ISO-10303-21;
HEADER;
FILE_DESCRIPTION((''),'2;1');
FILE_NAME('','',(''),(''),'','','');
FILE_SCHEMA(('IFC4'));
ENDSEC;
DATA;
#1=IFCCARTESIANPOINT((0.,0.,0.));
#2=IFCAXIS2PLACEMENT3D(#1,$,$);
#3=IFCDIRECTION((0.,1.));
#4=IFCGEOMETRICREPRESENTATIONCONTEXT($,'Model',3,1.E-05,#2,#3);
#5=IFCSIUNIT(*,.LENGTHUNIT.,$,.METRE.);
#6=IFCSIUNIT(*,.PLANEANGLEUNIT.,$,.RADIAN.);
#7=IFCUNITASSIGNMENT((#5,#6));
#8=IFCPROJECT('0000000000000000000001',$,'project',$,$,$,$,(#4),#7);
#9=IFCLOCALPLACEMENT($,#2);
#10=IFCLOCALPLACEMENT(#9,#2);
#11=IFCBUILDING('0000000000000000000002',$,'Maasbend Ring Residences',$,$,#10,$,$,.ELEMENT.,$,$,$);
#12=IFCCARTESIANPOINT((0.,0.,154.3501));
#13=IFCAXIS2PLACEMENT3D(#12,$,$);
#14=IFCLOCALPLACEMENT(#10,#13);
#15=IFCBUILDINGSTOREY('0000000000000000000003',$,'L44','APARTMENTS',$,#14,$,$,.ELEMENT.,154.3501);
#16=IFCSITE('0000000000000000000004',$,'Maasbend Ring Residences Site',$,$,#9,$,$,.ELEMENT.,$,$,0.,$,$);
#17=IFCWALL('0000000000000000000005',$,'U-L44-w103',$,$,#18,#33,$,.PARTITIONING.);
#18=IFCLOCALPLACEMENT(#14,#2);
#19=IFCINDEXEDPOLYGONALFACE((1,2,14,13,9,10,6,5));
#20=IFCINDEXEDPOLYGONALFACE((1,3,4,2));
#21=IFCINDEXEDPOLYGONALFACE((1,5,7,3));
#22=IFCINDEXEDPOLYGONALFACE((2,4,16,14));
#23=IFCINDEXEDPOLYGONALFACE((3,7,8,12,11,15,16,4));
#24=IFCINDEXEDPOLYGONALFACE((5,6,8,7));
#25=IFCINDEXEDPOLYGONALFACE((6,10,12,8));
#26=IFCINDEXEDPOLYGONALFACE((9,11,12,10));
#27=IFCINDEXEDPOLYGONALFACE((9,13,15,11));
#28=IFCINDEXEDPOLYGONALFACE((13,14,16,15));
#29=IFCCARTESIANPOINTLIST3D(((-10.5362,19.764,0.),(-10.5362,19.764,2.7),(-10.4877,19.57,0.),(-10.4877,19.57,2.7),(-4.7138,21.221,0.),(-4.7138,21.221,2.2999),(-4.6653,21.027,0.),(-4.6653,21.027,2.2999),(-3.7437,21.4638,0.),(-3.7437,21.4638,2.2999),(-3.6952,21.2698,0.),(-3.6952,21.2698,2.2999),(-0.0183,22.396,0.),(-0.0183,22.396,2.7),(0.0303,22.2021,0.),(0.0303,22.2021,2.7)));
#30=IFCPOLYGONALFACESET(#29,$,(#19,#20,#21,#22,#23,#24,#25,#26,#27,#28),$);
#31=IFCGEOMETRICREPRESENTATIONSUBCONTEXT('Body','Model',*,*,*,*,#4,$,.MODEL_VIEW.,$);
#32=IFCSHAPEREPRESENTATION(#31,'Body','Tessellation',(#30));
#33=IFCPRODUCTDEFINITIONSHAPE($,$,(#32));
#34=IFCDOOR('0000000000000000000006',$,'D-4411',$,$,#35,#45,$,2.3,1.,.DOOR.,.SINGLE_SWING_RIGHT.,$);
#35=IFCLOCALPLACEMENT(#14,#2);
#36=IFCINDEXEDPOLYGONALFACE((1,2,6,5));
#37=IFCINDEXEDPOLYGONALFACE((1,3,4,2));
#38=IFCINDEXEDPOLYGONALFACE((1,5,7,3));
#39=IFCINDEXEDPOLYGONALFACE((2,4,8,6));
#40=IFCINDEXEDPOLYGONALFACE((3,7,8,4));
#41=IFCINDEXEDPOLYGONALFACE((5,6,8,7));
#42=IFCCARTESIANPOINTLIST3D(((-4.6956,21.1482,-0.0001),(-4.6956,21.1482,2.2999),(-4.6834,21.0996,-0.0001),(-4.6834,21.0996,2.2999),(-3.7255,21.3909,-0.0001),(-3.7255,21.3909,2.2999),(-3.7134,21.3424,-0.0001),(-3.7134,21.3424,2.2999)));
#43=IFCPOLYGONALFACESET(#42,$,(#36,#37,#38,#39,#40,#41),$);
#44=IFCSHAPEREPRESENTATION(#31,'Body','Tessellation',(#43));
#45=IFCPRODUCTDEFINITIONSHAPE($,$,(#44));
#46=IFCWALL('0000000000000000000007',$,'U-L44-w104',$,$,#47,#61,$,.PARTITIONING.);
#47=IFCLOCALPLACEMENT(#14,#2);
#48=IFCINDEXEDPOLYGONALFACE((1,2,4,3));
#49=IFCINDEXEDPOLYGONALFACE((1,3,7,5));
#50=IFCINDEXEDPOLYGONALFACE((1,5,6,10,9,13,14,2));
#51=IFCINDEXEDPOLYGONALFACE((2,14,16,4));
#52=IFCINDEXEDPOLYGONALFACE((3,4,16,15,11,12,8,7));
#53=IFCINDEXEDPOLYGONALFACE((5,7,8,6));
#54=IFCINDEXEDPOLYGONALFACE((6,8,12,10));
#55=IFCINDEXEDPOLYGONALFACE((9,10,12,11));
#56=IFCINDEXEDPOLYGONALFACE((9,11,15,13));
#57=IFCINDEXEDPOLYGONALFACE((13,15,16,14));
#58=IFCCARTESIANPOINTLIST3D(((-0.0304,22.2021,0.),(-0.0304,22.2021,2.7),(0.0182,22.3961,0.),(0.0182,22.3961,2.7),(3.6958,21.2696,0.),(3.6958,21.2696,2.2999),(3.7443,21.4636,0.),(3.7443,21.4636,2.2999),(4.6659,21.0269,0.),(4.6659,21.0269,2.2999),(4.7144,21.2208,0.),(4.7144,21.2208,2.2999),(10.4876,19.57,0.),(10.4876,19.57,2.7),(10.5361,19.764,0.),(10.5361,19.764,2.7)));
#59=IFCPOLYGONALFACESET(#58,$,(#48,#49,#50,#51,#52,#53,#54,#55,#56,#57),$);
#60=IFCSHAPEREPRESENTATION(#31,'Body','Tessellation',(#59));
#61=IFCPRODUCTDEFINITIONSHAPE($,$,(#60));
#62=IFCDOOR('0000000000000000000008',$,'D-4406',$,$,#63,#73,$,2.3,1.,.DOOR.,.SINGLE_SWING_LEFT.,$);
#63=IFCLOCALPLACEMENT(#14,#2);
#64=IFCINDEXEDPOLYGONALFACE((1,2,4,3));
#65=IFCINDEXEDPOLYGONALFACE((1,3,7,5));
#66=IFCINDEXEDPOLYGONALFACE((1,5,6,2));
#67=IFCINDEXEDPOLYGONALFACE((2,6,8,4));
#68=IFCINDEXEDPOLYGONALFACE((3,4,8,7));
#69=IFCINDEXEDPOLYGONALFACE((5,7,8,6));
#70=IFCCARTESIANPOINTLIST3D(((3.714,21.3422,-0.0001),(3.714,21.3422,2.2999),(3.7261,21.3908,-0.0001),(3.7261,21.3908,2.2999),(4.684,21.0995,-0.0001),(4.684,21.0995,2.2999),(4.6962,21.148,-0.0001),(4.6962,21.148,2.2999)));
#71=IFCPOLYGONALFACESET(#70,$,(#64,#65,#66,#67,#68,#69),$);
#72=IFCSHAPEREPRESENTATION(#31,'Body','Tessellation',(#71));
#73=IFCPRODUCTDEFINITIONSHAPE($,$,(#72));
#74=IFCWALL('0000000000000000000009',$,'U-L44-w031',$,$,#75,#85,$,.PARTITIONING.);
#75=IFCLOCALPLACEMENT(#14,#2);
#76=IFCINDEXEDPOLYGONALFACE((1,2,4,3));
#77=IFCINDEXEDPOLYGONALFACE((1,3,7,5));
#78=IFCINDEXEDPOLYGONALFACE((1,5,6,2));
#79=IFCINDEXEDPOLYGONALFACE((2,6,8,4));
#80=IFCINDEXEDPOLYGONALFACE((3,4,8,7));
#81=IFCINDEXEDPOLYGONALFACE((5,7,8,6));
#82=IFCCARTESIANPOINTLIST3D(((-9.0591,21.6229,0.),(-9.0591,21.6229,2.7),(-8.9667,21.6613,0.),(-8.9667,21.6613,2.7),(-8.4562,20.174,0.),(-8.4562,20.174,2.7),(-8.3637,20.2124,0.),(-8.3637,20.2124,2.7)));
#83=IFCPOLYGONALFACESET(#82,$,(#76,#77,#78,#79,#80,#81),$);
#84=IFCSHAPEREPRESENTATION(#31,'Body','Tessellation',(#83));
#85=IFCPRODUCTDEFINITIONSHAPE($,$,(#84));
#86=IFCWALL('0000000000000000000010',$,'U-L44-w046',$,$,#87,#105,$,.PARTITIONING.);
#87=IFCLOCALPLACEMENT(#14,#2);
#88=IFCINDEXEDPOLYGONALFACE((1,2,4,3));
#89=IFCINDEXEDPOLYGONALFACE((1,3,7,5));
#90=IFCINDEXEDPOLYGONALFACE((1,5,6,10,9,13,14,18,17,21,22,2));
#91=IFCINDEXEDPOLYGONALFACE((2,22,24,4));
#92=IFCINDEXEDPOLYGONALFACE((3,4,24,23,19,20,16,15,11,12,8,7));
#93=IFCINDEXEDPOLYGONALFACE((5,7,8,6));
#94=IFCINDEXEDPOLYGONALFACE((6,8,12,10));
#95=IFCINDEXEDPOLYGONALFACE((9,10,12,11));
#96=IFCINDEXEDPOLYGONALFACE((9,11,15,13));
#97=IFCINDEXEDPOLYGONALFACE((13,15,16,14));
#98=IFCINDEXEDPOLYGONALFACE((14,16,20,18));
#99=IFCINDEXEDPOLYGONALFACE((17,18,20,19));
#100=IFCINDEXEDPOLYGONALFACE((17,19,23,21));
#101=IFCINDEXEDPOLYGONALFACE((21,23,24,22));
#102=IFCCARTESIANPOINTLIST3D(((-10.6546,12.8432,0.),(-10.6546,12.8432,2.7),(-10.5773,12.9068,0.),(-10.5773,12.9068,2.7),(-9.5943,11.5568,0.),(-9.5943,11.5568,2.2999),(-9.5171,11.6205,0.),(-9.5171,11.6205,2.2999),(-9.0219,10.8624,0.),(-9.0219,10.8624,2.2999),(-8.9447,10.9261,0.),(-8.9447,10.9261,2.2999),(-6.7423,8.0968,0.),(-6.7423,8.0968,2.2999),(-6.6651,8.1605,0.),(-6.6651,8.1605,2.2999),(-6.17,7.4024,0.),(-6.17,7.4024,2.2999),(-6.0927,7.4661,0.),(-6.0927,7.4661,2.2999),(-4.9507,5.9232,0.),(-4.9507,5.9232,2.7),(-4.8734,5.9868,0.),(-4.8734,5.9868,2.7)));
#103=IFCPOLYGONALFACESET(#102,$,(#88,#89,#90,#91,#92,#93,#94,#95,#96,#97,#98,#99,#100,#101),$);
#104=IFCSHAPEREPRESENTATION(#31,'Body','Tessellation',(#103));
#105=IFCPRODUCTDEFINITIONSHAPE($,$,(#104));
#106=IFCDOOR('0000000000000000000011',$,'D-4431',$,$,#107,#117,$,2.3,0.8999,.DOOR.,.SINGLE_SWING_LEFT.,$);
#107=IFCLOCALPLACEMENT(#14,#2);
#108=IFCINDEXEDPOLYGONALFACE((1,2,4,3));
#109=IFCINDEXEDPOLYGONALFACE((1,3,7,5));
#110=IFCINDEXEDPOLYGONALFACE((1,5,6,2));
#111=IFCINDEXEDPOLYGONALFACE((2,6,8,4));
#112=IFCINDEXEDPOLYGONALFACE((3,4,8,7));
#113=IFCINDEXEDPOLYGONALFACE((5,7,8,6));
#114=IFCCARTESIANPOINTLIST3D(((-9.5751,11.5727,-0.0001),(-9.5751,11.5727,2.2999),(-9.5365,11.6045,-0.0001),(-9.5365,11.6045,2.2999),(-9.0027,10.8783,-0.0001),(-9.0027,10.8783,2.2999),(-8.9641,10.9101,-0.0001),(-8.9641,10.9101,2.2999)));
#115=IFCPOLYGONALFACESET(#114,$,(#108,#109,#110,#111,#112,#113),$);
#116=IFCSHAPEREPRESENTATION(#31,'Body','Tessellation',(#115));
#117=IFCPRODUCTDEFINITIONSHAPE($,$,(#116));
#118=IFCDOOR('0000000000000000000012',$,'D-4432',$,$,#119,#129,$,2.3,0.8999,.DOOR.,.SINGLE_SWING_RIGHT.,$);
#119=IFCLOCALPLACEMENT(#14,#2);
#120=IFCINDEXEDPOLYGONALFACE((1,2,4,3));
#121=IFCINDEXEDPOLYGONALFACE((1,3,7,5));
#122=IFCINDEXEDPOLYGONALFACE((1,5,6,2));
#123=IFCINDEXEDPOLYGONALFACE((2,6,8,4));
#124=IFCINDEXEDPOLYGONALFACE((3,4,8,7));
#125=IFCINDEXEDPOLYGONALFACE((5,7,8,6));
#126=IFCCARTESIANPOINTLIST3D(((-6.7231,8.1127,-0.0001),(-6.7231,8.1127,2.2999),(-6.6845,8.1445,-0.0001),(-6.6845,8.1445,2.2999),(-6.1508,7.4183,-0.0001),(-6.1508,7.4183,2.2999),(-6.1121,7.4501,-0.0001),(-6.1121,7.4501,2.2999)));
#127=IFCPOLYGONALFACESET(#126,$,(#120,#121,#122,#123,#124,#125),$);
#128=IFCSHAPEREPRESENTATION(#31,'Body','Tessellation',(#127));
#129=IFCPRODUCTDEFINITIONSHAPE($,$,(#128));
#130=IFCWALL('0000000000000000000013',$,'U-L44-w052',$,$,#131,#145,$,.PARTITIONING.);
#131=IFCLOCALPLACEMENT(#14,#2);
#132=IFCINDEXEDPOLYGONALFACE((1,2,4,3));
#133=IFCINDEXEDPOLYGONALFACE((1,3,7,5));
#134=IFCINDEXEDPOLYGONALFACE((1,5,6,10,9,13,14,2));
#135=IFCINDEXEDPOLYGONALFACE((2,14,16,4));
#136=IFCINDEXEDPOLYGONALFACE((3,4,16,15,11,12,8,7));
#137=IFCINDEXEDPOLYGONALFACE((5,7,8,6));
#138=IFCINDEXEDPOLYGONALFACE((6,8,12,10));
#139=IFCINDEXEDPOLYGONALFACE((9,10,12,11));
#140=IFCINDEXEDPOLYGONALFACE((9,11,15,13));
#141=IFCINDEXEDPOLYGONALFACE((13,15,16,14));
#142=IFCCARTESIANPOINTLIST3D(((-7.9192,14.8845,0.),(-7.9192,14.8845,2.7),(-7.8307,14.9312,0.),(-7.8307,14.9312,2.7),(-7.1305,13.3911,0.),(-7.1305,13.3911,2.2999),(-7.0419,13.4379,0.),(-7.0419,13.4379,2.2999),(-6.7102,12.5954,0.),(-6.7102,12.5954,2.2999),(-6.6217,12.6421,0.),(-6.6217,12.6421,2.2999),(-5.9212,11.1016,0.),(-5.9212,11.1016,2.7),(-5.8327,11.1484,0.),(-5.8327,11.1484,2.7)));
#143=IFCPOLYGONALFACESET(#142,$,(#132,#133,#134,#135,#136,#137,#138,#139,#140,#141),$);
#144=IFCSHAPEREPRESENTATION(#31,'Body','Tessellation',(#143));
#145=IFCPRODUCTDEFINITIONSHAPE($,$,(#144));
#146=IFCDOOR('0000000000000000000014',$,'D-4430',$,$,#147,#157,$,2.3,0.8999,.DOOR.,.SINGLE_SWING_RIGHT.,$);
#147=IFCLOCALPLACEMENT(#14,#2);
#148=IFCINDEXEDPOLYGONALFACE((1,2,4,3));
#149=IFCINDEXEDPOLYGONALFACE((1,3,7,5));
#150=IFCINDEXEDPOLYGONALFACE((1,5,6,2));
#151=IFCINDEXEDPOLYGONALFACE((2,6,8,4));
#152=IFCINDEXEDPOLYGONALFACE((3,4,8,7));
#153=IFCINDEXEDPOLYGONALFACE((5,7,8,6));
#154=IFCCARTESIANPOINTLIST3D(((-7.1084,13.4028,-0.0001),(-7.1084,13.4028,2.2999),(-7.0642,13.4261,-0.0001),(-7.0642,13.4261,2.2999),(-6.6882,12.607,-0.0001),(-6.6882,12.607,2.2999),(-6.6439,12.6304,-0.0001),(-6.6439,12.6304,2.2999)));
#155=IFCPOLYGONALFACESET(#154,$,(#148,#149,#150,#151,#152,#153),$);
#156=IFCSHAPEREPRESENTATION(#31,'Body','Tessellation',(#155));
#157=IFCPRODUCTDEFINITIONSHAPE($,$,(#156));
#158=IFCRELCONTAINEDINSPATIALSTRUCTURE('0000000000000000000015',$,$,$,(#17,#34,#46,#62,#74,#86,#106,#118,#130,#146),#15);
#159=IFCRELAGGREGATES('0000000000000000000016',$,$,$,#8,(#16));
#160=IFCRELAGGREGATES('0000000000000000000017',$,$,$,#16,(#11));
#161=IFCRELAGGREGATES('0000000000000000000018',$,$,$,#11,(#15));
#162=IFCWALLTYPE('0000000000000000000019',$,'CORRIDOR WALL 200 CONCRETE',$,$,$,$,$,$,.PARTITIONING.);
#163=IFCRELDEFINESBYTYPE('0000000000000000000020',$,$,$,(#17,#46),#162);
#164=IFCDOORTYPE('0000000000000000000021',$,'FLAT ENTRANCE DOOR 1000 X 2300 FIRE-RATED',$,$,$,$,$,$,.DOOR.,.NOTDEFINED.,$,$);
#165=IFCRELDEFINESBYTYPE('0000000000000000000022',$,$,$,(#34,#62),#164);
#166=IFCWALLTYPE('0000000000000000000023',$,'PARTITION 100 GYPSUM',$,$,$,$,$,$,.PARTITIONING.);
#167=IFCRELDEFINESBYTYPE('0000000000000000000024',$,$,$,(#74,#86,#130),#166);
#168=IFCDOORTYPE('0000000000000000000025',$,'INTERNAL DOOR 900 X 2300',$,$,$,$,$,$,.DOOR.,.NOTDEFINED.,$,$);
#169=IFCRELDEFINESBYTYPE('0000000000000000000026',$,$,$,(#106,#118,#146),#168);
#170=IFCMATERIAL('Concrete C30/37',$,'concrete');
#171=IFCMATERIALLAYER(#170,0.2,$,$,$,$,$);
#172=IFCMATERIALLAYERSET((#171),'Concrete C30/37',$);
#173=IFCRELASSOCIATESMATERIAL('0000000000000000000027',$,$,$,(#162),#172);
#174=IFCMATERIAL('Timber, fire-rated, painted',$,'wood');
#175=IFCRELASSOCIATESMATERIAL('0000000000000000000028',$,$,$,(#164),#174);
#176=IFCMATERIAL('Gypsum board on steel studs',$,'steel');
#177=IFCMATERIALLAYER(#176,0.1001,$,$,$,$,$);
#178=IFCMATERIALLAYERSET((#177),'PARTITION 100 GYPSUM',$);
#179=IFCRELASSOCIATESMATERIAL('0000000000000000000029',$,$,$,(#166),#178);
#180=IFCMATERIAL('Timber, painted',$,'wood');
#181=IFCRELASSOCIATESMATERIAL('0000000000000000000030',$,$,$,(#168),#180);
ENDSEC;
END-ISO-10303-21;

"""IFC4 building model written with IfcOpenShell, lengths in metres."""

from ifc_helpers import new_model, si_unit, direction, frame, frame_2d, origin, place, context, subcontext, project, spatial, rectangle, extrude, material, layer, layer_set, type_object, element, fill, save


model = new_model("IFC4")

# Units and contexts
model_context = context("Model", 3, precision=1e-05, world=origin(), true_north=direction((0.0, 1.0)))
body_context = subcontext(model_context, "Body", "Model", "MODEL_VIEW")
ifc_project = project(units=[si_unit("LENGTHUNIT", "METRE"), si_unit("PLANEANGLEUNIT", "RADIAN")], contexts=[model_context])

# Site, building, storey
site_placement = place(None, origin())
site = spatial("IfcSite", under=ifc_project, at=site_placement, Name="Maasbend Ring Residences Site", CompositionType="ELEMENT", RefElevation=0.0)
building_placement = place(site_placement, origin())
building = spatial("IfcBuilding", under=site, at=building_placement, Name="Maasbend Ring Residences", CompositionType="ELEMENT")
storey_placement = place(building_placement, frame((0.0, 0.0, 154.3501)))
storey = spatial("IfcBuildingStorey", under=building, at=storey_placement, Name="L44", Description="APARTMENTS", CompositionType="ELEMENT", Elevation=154.3501)

# Walls, openings, doors
ifc_material_1 = material(Name="Concrete C30/37", Category="concrete")
ifc_layer_1 = layer(ifc_material_1, 0.2)
ifc_layer_set_1 = layer_set([ifc_layer_1], Name="Concrete C30/37")
wall_type_1 = type_object("IfcWallType", Name="CORRIDOR WALL 200 CONCRETE", PredefinedType="PARTITIONING", material=ifc_layer_set_1)
ifc_material_2 = material(Name="Timber, fire-rated, painted", Category="wood")
door_type_1 = type_object("IfcDoorType", Name="FLAT ENTRANCE DOOR 1000 X 2300 FIRE-RATED", OperationType="NOTDEFINED", PredefinedType="DOOR", material=ifc_material_2)
wall_1_placement = place(storey_placement, frame((-10.512, 19.667, 0.0), z_axis=(0.0, 0.0, 1.0), x_axis=(0.970087, 0.242758, 0.0)))
wall_1 = element("IfcWall", 1, at=wall_1_placement, inside=storey, type_object=wall_type_1, Name="U-L44-w103", PredefinedType="PARTITIONING", context=body_context, shape_type="SweptSolid", body=[
    extrude(rectangle(XDim=10.8423, YDim=0.2, at=frame_2d((5.4211, 0.0))), origin(), (0.0, 0.0, 1.0), 2.7),
])
opening_1_placement = place(wall_1_placement, frame((6.002, 0.0, 0.0)))
opening_1 = element("IfcOpeningElement", 2, at=opening_1_placement, cuts=wall_1, PredefinedType="OPENING", context=body_context, shape_type="SweptSolid", body=[
    extrude(rectangle(XDim=1.0, YDim=2.3, at=frame_2d((0.5, 1.1499))), frame((0.0, 0.1099, 0.0), z_axis=(0.0, -1.0, 0.0), x_axis=(1.0, 0.0, 0.0)), (0.0, 0.0, 1.0), 0.22),
])
door_1_placement = place(opening_1_placement, origin())
door_1 = element("IfcDoor", 3, at=door_1_placement, inside=storey, type_object=door_type_1, Name="D-4411", OperationType="SINGLE_SWING_RIGHT", OverallHeight=2.3, OverallWidth=1.0, PredefinedType="DOOR", context=body_context, shape_type="SweptSolid", body=[
    extrude(rectangle(XDim=1.0, YDim=2.3, at=frame_2d((0.5, 1.1499))), frame((0.0, 0.0249, 0.0), z_axis=(0.0, -1.0, 0.0), x_axis=(1.0, 0.0, 0.0)), (0.0, 0.0, 1.0), 0.05),
])
fill(opening_1, door_1)
wall_2_placement = place(storey_placement, frame((-0.0061, 22.2991, 0.0), z_axis=(0.0, 0.0, 1.0), x_axis=(0.970087, -0.242758, 0.0)))
wall_2 = element("IfcWall", 4, at=wall_2_placement, inside=storey, type_object=wall_type_1, Name="U-L44-w104", PredefinedType="PARTITIONING", context=body_context, shape_type="SweptSolid", body=[
    extrude(rectangle(XDim=10.8423, YDim=0.2, at=frame_2d((5.4211, 0.0))), origin(), (0.0, 0.0, 1.0), 2.7),
])
opening_2_placement = place(wall_2_placement, frame((3.8411, 0.0, 0.0)))
opening_2 = element("IfcOpeningElement", 5, at=opening_2_placement, cuts=wall_2, PredefinedType="OPENING", context=body_context, shape_type="SweptSolid", body=[
    extrude(rectangle(XDim=1.0, YDim=2.3, at=frame_2d((0.5, 1.1499))), frame((0.0, 0.1099, 0.0), z_axis=(0.0, -1.0, 0.0), x_axis=(1.0, 0.0, 0.0)), (0.0, 0.0, 1.0), 0.22),
])
door_2_placement = place(opening_2_placement, origin())
door_2 = element("IfcDoor", 6, at=door_2_placement, inside=storey, type_object=door_type_1, Name="D-4406", OperationType="SINGLE_SWING_LEFT", OverallHeight=2.3, OverallWidth=1.0, PredefinedType="DOOR", context=body_context, shape_type="SweptSolid", body=[
    extrude(rectangle(XDim=1.0, YDim=2.3, at=frame_2d((0.5, 1.1499))), frame((0.0, 0.0249, 0.0), z_axis=(0.0, -1.0, 0.0), x_axis=(1.0, 0.0, 0.0)), (0.0, 0.0, 1.0), 0.05),
])
fill(opening_2, door_2)

# Wall
ifc_material_3 = material(Name="Gypsum board on steel studs", Category="steel")
ifc_layer_2 = layer(ifc_material_3, 0.1001)
ifc_layer_set_2 = layer_set([ifc_layer_2], Name="PARTITION 100 GYPSUM")
wall_type_2 = type_object("IfcWallType", Name="PARTITION 100 GYPSUM", PredefinedType="PARTITIONING", material=ifc_layer_set_2)
wall_3_placement = place(storey_placement, frame((-9.0129, 21.6421, 0.0), z_axis=(0.0, 0.0, 1.0), x_axis=(0.384229, -0.923238, 0.0)))
element("IfcWall", 7, at=wall_3_placement, inside=storey, type_object=wall_type_2, Name="U-L44-w031", PredefinedType="PARTITIONING", context=body_context, shape_type="SweptSolid", body=[
    extrude(rectangle(XDim=1.5693, YDim=0.1001, at=frame_2d((0.7847, 0.0))), origin(), (0.0, 0.0, 1.0), 2.7),
])

# Wall, openings, doors
wall_4_placement = place(storey_placement, frame((-10.616, 12.875, 0.0), z_axis=(0.0, 0.0, 1.0), x_axis=(0.636046, -0.771651, 0.0)))
wall_4 = element("IfcWall", 8, at=wall_4_placement, inside=storey, type_object=wall_type_2, Name="U-L44-w046", PredefinedType="PARTITIONING", context=body_context, shape_type="SweptSolid", body=[
    extrude(rectangle(XDim=8.9678, YDim=0.1001, at=frame_2d((4.4839, 0.0))), origin(), (0.0, 0.0, 1.0), 2.7),
])
opening_3_placement = place(wall_4_placement, frame((1.667, 0.0, 0.0)))
opening_3 = element("IfcOpeningElement", 9, at=opening_3_placement, cuts=wall_4, PredefinedType="OPENING", context=body_context, shape_type="SweptSolid", body=[
    extrude(rectangle(XDim=0.8999, YDim=2.3, at=frame_2d((0.45, 1.1499))), frame((0.0, 0.0601, 0.0), z_axis=(0.0, -1.0, 0.0), x_axis=(1.0, 0.0, 0.0)), (0.0, 0.0, 1.0), 0.1201),
])
opening_4_placement = place(wall_4_placement, frame((6.1509, 0.0, 0.0)))
opening_4 = element("IfcOpeningElement", 10, at=opening_4_placement, cuts=wall_4, PredefinedType="OPENING", context=body_context, shape_type="SweptSolid", body=[
    extrude(rectangle(XDim=0.8999, YDim=2.3, at=frame_2d((0.45, 1.1499))), frame((0.0, 0.0601, 0.0), z_axis=(0.0, -1.0, 0.0), x_axis=(1.0, 0.0, 0.0)), (0.0, 0.0, 1.0), 0.1201),
])
ifc_material_4 = material(Name="Timber, painted", Category="wood")
door_type_2 = type_object("IfcDoorType", Name="INTERNAL DOOR 900 X 2300", OperationType="NOTDEFINED", PredefinedType="DOOR", material=ifc_material_4)
door_3_placement = place(opening_3_placement, origin())
door_3 = element("IfcDoor", 11, at=door_3_placement, inside=storey, type_object=door_type_2, Name="D-4431", OperationType="SINGLE_SWING_LEFT", OverallHeight=2.3, OverallWidth=0.8999, PredefinedType="DOOR", context=body_context, shape_type="SweptSolid", body=[
    extrude(rectangle(XDim=0.8999, YDim=2.3, at=frame_2d((0.45, 1.1499))), frame((0.0, 0.0249, 0.0), z_axis=(0.0, -1.0, 0.0), x_axis=(1.0, 0.0, 0.0)), (0.0, 0.0, 1.0), 0.05),
])
fill(opening_3, door_3)
door_4_placement = place(opening_4_placement, origin())
door_4 = element("IfcDoor", 12, at=door_4_placement, inside=storey, type_object=door_type_2, Name="D-4432", OperationType="SINGLE_SWING_RIGHT", OverallHeight=2.3, OverallWidth=0.8999, PredefinedType="DOOR", context=body_context, shape_type="SweptSolid", body=[
    extrude(rectangle(XDim=0.8999, YDim=2.3, at=frame_2d((0.45, 1.1499))), frame((0.0, 0.0249, 0.0), z_axis=(0.0, -1.0, 0.0), x_axis=(1.0, 0.0, 0.0)), (0.0, 0.0, 1.0), 0.05),
])
fill(opening_4, door_4)

# Wall, opening, door
wall_5_placement = place(storey_placement, frame((-7.875, 14.908, 0.0), z_axis=(0.0, 0.0, 1.0), x_axis=(0.46703, -0.884241, 0.0)))
wall_5 = element("IfcWall", 13, at=wall_5_placement, inside=storey, type_object=wall_type_2, Name="U-L44-w052", PredefinedType="PARTITIONING", context=body_context, shape_type="SweptSolid", body=[
    extrude(rectangle(XDim=4.2781, YDim=0.1001, at=frame_2d((2.1392, 0.0))), origin(), (0.0, 0.0, 1.0), 2.7),
])
opening_5_placement = place(wall_5_placement, frame((1.689, 0.0, 0.0)))
opening_5 = element("IfcOpeningElement", 14, at=opening_5_placement, cuts=wall_5, PredefinedType="OPENING", context=body_context, shape_type="SweptSolid", body=[
    extrude(rectangle(XDim=0.8999, YDim=2.3, at=frame_2d((0.45, 1.1499))), frame((0.0, 0.0601, 0.0), z_axis=(0.0, -1.0, 0.0), x_axis=(1.0, 0.0, 0.0)), (0.0, 0.0, 1.0), 0.1201),
])
door_5_placement = place(opening_5_placement, origin())
door_5 = element("IfcDoor", 15, at=door_5_placement, inside=storey, type_object=door_type_2, Name="D-4430", OperationType="SINGLE_SWING_RIGHT", OverallHeight=2.3, OverallWidth=0.8999, PredefinedType="DOOR", context=body_context, shape_type="SweptSolid", body=[
    extrude(rectangle(XDim=0.8999, YDim=2.3, at=frame_2d((0.45, 1.1499))), frame((0.0, 0.0249, 0.0), z_axis=(0.0, -1.0, 0.0), x_axis=(1.0, 0.0, 0.0)), (0.0, 0.0, 1.0), 0.05),
])
fill(opening_5, door_5)

save(model, "model.ifc")
